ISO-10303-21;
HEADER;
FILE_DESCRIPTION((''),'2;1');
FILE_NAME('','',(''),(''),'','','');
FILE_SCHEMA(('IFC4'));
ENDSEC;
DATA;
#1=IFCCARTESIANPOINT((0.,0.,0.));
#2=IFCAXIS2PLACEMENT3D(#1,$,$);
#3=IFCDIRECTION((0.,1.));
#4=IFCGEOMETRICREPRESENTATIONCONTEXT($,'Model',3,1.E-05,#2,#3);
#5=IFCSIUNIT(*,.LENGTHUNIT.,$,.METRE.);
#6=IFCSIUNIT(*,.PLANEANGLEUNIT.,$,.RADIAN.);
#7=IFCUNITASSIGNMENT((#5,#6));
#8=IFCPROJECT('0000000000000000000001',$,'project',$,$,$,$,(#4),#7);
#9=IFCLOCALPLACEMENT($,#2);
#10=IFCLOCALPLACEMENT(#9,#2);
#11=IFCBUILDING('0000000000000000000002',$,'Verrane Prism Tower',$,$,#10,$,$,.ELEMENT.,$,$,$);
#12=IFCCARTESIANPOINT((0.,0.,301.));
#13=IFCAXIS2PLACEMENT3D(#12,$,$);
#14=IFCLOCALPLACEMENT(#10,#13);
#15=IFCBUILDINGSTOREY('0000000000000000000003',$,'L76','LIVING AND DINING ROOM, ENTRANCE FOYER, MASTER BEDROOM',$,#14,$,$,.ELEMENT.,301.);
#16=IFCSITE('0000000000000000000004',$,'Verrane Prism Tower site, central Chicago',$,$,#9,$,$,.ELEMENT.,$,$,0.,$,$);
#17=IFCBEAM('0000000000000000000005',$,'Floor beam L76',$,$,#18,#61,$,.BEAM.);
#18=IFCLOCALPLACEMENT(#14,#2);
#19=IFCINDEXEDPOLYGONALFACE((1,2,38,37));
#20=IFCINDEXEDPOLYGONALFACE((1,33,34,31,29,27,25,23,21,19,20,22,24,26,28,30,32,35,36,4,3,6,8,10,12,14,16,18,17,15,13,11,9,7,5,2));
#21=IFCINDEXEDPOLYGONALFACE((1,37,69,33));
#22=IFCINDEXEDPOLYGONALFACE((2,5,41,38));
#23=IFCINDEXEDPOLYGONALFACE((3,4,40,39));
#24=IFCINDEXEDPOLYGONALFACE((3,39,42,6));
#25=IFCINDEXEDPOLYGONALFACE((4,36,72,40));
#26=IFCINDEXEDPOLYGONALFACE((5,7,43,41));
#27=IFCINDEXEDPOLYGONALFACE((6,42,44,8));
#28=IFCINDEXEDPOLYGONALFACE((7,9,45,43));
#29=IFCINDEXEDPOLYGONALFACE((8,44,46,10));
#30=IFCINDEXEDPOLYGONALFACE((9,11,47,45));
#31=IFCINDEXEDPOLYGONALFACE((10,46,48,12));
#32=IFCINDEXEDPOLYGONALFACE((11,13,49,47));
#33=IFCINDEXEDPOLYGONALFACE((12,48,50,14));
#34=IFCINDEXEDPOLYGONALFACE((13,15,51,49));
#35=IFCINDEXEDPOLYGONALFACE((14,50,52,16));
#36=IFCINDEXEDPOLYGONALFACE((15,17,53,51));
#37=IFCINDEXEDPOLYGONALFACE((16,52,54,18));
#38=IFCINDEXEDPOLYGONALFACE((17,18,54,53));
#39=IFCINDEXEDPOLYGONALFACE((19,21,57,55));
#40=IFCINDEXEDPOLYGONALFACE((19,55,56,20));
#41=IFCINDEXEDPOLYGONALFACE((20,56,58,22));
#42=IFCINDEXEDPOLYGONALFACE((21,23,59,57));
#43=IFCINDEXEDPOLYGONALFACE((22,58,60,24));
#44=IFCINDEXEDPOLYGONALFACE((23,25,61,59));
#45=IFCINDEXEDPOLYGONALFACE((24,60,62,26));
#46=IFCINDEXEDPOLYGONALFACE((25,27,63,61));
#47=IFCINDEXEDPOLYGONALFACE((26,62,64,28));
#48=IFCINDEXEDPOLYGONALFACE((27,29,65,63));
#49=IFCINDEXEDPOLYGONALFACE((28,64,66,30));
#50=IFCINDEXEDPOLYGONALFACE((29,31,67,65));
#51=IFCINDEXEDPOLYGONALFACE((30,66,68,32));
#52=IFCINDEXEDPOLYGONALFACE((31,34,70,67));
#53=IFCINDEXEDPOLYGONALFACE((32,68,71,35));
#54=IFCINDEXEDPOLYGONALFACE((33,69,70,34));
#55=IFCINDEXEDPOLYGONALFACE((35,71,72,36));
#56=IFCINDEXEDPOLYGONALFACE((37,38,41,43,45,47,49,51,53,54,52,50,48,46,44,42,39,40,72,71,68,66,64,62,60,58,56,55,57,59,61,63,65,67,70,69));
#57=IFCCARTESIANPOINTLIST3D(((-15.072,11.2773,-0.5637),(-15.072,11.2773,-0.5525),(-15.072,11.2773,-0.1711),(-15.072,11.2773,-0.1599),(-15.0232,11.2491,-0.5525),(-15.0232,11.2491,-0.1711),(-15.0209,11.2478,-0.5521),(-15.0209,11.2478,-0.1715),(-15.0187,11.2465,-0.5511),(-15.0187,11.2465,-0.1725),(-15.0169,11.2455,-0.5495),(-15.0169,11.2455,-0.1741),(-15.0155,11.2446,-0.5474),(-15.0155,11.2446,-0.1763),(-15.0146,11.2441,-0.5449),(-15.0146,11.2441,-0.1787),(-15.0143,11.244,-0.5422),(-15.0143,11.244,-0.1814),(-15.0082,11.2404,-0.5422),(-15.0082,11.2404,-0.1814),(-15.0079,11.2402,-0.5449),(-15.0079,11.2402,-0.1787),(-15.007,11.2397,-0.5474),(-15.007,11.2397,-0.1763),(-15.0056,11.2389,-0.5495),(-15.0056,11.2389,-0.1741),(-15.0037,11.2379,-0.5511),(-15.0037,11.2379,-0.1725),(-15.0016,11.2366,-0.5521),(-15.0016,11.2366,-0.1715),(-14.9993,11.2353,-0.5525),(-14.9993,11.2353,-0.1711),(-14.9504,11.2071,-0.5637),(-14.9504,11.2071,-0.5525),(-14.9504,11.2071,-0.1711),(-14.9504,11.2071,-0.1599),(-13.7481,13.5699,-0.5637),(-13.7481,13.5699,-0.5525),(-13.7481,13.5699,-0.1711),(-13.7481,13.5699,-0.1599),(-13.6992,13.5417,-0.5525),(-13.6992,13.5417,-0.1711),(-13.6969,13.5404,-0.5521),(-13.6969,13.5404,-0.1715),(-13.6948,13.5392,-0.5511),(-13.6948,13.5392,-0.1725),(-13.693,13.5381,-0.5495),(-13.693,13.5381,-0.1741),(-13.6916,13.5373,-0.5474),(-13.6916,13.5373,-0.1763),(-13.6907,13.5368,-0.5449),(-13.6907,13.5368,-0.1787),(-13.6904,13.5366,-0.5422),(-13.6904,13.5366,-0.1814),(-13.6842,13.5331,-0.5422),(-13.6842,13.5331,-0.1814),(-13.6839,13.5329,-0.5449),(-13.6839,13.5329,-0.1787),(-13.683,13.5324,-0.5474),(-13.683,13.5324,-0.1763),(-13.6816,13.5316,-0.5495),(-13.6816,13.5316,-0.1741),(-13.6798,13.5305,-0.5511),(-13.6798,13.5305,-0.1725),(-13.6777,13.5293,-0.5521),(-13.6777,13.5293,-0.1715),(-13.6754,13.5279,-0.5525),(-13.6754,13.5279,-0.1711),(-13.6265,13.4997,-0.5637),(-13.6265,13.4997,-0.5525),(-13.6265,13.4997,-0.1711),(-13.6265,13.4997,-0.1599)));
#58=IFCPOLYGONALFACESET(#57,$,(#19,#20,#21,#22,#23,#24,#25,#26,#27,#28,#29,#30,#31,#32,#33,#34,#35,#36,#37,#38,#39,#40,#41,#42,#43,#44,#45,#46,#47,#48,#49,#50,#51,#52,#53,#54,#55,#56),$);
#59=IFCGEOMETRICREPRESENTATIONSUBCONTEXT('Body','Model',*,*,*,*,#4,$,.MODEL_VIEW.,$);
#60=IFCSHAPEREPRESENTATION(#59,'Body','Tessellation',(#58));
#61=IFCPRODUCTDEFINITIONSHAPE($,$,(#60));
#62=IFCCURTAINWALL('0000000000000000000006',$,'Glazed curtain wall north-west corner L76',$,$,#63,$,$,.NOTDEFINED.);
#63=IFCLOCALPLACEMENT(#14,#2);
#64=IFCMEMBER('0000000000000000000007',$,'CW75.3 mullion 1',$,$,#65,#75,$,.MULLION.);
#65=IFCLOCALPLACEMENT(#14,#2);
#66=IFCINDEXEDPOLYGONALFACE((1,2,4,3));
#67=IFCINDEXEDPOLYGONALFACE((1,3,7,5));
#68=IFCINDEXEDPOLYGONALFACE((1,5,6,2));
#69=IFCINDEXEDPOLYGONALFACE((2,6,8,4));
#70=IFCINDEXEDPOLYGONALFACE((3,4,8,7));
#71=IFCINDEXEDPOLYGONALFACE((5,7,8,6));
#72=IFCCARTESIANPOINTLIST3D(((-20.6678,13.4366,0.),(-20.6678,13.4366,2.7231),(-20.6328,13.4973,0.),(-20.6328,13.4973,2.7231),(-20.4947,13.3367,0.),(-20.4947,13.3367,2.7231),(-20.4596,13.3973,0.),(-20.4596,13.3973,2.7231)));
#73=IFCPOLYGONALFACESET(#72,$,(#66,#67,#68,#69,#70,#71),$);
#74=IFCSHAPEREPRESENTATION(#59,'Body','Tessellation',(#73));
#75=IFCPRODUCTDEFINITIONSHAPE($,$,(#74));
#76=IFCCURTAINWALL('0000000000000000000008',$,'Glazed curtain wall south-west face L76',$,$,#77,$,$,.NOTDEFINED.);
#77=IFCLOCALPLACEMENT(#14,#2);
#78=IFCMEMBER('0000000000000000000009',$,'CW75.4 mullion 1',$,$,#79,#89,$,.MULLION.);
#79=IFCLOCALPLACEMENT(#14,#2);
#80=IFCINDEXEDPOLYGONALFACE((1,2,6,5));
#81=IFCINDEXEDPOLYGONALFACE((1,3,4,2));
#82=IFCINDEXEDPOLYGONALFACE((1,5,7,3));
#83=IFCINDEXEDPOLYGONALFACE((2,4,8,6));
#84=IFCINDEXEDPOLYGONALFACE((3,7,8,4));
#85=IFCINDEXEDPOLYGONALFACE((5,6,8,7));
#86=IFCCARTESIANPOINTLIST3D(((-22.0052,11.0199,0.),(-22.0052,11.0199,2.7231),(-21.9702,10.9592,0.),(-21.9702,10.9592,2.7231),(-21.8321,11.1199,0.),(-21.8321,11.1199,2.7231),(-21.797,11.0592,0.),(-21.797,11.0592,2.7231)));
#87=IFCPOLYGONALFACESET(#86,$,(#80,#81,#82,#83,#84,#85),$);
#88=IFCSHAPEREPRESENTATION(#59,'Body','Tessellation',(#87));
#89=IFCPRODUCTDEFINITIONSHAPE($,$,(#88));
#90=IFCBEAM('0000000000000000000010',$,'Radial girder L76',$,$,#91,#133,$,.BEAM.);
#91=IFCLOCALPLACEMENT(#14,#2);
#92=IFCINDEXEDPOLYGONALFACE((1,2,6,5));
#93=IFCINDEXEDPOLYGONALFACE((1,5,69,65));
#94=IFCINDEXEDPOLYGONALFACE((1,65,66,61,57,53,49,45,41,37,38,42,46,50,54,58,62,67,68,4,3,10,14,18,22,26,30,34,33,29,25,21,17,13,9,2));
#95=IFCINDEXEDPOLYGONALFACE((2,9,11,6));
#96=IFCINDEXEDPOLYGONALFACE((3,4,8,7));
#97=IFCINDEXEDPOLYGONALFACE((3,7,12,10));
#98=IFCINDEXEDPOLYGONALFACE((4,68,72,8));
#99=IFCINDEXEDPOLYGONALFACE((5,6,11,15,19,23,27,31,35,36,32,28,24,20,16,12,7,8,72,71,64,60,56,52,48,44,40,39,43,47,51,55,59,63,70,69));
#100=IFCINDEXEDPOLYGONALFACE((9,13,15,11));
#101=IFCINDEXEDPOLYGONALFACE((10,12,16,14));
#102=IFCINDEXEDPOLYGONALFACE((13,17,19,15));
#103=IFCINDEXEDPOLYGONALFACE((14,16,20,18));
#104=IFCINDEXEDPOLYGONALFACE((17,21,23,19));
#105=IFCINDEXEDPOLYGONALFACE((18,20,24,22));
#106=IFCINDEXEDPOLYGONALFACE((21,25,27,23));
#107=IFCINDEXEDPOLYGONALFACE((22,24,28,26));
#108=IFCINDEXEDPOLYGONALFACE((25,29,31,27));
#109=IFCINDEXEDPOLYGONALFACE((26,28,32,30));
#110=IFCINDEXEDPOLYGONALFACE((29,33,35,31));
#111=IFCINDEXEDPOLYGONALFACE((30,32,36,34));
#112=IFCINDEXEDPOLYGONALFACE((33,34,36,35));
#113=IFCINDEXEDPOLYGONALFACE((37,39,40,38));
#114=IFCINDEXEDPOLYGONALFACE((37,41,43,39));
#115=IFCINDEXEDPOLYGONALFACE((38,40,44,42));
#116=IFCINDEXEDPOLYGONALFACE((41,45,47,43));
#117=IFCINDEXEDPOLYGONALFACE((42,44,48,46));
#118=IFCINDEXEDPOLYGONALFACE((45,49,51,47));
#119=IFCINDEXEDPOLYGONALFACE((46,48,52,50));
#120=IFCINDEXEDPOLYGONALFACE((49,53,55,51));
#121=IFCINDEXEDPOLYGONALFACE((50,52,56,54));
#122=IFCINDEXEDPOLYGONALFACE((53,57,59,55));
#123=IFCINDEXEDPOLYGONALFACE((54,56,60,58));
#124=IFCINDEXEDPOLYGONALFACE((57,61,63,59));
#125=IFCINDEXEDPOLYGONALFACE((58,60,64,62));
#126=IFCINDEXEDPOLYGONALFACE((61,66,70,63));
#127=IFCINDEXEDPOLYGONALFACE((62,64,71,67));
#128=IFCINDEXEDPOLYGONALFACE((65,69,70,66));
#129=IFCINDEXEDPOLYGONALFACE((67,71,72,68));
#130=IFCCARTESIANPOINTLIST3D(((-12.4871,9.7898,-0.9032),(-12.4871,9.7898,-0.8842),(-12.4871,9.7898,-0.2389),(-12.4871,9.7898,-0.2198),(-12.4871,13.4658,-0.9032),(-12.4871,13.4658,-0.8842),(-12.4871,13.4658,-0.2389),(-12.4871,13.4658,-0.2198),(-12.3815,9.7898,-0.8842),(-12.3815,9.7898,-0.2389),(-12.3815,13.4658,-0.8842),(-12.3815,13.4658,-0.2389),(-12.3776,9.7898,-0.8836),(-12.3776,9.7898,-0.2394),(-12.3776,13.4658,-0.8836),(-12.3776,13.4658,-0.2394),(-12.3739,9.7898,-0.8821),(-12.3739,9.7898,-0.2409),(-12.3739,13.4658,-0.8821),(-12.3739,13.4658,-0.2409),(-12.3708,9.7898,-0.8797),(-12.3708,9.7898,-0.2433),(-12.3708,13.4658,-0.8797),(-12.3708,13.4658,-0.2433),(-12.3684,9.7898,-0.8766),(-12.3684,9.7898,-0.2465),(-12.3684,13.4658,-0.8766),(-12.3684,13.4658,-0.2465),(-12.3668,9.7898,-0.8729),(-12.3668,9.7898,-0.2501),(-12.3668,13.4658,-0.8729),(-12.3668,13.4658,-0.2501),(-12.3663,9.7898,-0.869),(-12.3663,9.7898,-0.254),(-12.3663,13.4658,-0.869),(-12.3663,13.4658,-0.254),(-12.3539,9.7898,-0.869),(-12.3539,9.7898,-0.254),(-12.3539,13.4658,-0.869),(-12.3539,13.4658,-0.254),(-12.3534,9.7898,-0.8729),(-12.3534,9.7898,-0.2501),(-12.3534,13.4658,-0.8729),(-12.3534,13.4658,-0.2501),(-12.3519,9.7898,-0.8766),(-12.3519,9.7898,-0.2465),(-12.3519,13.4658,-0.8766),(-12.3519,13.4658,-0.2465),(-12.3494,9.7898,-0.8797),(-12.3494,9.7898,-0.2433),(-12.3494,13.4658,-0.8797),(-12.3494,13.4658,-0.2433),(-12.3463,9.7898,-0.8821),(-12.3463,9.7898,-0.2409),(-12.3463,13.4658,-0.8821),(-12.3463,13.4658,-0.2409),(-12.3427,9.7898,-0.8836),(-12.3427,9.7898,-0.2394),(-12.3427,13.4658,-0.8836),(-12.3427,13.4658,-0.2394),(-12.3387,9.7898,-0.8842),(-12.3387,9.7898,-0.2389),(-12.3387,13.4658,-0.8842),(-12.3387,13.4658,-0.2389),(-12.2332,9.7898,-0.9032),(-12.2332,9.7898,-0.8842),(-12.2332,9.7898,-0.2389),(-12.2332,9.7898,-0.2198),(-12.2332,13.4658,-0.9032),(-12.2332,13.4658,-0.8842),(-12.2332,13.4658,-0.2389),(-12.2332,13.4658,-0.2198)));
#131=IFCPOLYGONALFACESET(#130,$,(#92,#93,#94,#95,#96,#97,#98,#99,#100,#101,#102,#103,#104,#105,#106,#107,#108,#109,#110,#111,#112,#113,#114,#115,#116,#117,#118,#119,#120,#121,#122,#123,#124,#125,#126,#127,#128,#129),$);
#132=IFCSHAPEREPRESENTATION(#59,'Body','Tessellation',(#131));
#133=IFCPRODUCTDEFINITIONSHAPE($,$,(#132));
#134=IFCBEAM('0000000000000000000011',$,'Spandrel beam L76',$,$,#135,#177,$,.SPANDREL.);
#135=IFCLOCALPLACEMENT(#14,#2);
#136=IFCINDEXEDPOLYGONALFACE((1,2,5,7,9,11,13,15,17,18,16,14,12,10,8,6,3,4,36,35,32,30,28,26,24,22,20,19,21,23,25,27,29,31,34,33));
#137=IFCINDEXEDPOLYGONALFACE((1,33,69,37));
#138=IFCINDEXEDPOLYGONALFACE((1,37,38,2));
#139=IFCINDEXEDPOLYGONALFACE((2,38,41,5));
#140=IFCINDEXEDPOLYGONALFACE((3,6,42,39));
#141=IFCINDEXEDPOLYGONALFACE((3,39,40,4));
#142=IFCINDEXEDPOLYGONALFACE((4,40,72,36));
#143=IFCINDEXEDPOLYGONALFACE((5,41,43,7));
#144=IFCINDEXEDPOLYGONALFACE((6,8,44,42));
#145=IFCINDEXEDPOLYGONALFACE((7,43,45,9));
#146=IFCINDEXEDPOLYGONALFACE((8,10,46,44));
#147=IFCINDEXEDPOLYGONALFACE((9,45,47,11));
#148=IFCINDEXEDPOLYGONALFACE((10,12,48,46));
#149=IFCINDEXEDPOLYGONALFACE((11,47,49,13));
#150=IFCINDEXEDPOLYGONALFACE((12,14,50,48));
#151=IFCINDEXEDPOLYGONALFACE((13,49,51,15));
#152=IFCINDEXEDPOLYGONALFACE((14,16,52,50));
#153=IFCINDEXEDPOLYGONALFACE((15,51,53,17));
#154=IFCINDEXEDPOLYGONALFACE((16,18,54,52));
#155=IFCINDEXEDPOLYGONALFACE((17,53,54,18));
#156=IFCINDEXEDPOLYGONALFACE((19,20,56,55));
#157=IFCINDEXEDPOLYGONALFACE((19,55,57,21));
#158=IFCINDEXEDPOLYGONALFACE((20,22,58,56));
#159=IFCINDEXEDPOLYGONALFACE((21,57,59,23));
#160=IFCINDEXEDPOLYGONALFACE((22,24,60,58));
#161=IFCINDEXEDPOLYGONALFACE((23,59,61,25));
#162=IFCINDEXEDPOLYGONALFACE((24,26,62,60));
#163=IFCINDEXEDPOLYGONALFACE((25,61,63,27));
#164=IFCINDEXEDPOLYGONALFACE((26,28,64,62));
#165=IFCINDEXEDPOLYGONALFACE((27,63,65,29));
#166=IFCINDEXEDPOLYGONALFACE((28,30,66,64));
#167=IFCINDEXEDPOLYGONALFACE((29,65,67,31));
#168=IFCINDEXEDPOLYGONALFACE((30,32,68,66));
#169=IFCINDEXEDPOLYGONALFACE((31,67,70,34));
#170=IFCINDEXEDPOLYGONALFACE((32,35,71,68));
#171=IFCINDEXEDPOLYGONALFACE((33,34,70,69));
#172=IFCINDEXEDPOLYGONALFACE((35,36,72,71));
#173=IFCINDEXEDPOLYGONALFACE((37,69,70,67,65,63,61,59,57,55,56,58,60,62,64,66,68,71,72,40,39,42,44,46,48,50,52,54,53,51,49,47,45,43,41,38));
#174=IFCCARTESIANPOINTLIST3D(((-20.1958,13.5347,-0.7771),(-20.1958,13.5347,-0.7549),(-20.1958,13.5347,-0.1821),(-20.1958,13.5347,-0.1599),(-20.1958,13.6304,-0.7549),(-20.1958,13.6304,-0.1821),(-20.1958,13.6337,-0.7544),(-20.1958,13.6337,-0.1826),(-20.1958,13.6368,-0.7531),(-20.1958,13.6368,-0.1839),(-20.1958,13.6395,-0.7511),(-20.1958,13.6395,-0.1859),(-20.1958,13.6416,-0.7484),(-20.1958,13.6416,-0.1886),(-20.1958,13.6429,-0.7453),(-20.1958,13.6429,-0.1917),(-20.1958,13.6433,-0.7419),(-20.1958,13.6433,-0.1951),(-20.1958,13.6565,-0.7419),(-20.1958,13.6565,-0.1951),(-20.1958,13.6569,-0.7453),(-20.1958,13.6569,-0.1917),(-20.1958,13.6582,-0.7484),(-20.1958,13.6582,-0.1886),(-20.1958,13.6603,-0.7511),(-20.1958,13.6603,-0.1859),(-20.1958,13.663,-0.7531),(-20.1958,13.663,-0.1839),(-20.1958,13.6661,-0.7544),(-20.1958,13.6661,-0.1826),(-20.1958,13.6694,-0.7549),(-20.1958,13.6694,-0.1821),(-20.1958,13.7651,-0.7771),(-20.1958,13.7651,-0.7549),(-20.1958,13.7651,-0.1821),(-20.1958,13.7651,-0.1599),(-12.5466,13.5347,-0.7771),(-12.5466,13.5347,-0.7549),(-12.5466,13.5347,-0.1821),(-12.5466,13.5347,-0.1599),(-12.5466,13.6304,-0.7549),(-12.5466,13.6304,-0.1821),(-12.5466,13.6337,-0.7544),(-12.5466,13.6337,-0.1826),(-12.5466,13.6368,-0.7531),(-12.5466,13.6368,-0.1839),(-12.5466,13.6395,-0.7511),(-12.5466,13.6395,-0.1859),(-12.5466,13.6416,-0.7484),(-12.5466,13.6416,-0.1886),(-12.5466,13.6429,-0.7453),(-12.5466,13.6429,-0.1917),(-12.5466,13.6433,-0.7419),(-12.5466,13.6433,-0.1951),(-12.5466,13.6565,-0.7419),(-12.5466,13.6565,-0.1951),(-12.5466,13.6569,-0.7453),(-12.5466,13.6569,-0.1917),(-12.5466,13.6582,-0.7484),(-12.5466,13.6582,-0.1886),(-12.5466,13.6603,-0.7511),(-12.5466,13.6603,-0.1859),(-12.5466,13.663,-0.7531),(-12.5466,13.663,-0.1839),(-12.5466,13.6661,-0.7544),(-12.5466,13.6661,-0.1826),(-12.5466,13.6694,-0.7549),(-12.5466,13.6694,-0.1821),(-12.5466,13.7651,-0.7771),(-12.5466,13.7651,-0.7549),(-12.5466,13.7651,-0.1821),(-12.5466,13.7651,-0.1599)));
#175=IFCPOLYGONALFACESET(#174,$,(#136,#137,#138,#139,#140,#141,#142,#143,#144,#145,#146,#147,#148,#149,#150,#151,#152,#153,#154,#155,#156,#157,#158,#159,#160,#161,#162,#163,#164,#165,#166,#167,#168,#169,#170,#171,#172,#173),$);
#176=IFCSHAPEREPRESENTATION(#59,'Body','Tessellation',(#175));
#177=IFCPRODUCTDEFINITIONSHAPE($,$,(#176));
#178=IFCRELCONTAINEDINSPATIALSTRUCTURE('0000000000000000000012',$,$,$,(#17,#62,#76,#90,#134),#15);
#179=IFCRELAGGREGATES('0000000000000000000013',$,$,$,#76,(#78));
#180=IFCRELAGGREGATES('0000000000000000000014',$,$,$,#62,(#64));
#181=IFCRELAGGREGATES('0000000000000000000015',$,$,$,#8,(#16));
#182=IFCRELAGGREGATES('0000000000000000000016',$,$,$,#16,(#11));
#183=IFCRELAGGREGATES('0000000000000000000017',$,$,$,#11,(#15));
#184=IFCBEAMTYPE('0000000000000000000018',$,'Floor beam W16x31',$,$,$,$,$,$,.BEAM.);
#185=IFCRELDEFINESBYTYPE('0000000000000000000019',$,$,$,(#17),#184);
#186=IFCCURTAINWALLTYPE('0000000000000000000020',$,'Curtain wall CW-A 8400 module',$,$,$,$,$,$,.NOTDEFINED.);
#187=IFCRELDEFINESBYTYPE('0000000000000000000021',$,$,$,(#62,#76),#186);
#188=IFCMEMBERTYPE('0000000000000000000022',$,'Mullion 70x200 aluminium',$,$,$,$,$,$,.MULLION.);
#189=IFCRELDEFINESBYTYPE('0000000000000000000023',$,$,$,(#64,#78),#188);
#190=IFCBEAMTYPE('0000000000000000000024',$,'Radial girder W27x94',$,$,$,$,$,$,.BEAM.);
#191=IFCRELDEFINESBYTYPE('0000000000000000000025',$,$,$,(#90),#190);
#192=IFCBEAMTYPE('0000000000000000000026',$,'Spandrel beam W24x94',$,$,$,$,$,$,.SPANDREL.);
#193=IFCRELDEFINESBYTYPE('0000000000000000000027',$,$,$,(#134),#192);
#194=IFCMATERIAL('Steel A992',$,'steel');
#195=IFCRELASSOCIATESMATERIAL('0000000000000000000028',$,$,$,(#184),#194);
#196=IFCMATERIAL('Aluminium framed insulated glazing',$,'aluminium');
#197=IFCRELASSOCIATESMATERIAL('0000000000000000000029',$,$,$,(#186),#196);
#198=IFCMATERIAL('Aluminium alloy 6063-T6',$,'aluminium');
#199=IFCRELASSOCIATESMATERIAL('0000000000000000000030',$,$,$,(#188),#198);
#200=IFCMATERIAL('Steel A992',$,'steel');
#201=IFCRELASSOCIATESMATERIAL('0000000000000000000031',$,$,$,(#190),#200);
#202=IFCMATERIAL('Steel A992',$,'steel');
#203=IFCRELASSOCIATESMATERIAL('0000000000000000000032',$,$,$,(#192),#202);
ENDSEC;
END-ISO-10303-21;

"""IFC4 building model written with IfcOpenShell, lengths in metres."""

from ifc_helpers import new_model, si_unit, direction, frame, origin, origin_2d, place, context, subcontext, project, spatial, rectangle, i_section, extrude, material, material_profile, profile_set, type_object, element, aggregate, save


model = new_model("IFC4")

# Units and contexts
model_context = context("Model", 3, precision=1e-05, world=origin(), true_north=direction((0.0, 1.0)))
body_context = subcontext(model_context, "Body", "Model", "MODEL_VIEW")
ifc_project = project(units=[si_unit("LENGTHUNIT", "METRE"), si_unit("PLANEANGLEUNIT", "RADIAN")], contexts=[model_context])

# Site, building, storey
site_placement = place(None, origin())
site = spatial("IfcSite", under=ifc_project, at=site_placement, Name="Verrane Prism Tower site, central Chicago", CompositionType="ELEMENT", RefElevation=0.0)
building_placement = place(site_placement, origin())
building = spatial("IfcBuilding", under=site, at=building_placement, Name="Verrane Prism Tower", CompositionType="ELEMENT")
storey_placement = place(building_placement, frame((0.0, 0.0, 301.0)))
storey = spatial("IfcBuildingStorey", under=building, at=storey_placement, Name="L76", Description="LIVING AND DINING ROOM, ENTRANCE FOYER, MASTER BEDROOM", CompositionType="ELEMENT", Elevation=301.0)

# Beam
ifc_material_1 = material(Name="Steel A992", Category="steel")
ifc_material_profile_1 = material_profile(ifc_material_1, i_section(OverallWidth=0.1404, OverallDepth=0.4038, WebThickness=0.0071, FlangeThickness=0.0112, FilletRadius=0.0103, at=origin_2d()), Name="W16x31")
ifc_profile_set_1 = profile_set([ifc_material_profile_1], Name="Steel A992")
beam_type_1 = type_object("IfcBeamType", Name="Floor beam W16x31", PredefinedType="BEAM", material=ifc_profile_set_1)
beam_1_placement = place(storey_placement, frame((-15.0112, 11.2422, -0.3618), z_axis=(0.500076, 0.865981, 0.0), x_axis=(-0.865981, 0.500076, 0.0)))
element("IfcBeam", 1, at=beam_1_placement, inside=storey, type_object=beam_type_1, Name="Floor beam L76", PredefinedType="BEAM", context=body_context, shape_type="SweptSolid", body=[
    extrude(i_section(OverallWidth=0.1404, OverallDepth=0.4038, WebThickness=0.0071, FlangeThickness=0.0112, FilletRadius=0.0103, at=origin_2d()), origin(), (0.0, 0.0, 1.0), 2.6475),
])

# Curtain walls, members
ifc_material_2 = material(Name="Aluminium framed insulated glazing", Category="aluminium")
curtain_wall_type = type_object("IfcCurtainWallType", Name="Curtain wall CW-A 8400 module", PredefinedType="NOTDEFINED", material=ifc_material_2)
curtain_wall_1_placement = place(storey_placement, origin())
curtain_wall_1 = element("IfcCurtainWall", 2, at=curtain_wall_1_placement, inside=storey, type_object=curtain_wall_type, Name="Glazed curtain wall north-west corner L76", PredefinedType="NOTDEFINED")
ifc_material_3 = material(Name="Aluminium alloy 6063-T6", Category="aluminium")
ifc_material_profile_2 = material_profile(ifc_material_3, rectangle(XDim=0.2, YDim=0.0701, at=origin_2d()), Name="Mullion 70x200 aluminium")
ifc_profile_set_2 = profile_set([ifc_material_profile_2], Name="Aluminium alloy 6063-T6")
member_type_1 = type_object("IfcMemberType", Name="Mullion 70x200 aluminium", PredefinedType="MULLION", material=ifc_profile_set_2)
member_1_placement = place(storey_placement, frame((-20.5637, 13.417, 0.0), z_axis=(0.0, 0.0, 1.0), x_axis=(0.866024, -0.500002, 0.0)))
member_1 = element("IfcMember", 3, at=member_1_placement, type_object=member_type_1, Name="CW75.3 mullion 1", PredefinedType="MULLION", context=body_context, shape_type="SweptSolid", body=[
    extrude(rectangle(XDim=0.2, YDim=0.0701, at=origin_2d()), origin(), (0.0, 0.0, 1.0), 2.7231),
])
curtain_wall_2_placement = place(storey_placement, origin())
curtain_wall_2 = element("IfcCurtainWall", 4, at=curtain_wall_2_placement, inside=storey, type_object=curtain_wall_type, Name="Glazed curtain wall south-west face L76", PredefinedType="NOTDEFINED")
member_2_placement = place(storey_placement, frame((-21.9011, 11.0396, 0.0), z_axis=(0.0, 0.0, 1.0), x_axis=(0.866025, 0.500001, 0.0)))
member_2 = element("IfcMember", 5, at=member_2_placement, type_object=member_type_1, Name="CW75.4 mullion 1", PredefinedType="MULLION", context=body_context, shape_type="SweptSolid", body=[
    extrude(rectangle(XDim=0.2, YDim=0.0701, at=origin_2d()), origin(), (0.0, 0.0, 1.0), 2.7231),
])

# Beams
ifc_material_4 = material(Name="Steel A992", Category="steel")
ifc_material_profile_3 = material_profile(ifc_material_4, i_section(OverallWidth=0.2539, OverallDepth=0.6833, WebThickness=0.0125, FlangeThickness=0.019, FilletRadius=0.0151, at=origin_2d()), Name="W27x94")
ifc_profile_set_3 = profile_set([ifc_material_profile_3], Name="Steel A992")
beam_type_2 = type_object("IfcBeamType", Name="Radial girder W27x94", PredefinedType="BEAM", material=ifc_profile_set_3)
beam_2_placement = place(storey_placement, frame((-12.3601, 13.4658, -0.5615), z_axis=(0.0, -1.0, 0.0), x_axis=(1.0, 0.0, 0.0)))
element("IfcBeam", 6, at=beam_2_placement, inside=storey, type_object=beam_type_2, Name="Radial girder L76", PredefinedType="BEAM", context=body_context, shape_type="SweptSolid", body=[
    extrude(i_section(OverallWidth=0.2539, OverallDepth=0.6833, WebThickness=0.0125, FlangeThickness=0.019, FilletRadius=0.0151, at=origin_2d()), origin(), (0.0, 0.0, 1.0), 3.676),
])
ifc_material_5 = material(Name="Steel A992", Category="steel")
ifc_material_profile_4 = material_profile(ifc_material_5, i_section(OverallWidth=0.2305, OverallDepth=0.6172, WebThickness=0.0132, FlangeThickness=0.0222, FilletRadius=0.0129, at=origin_2d()), Name="W24x94")
ifc_profile_set_4 = profile_set([ifc_material_profile_4], Name="Steel A992")
beam_type_3 = type_object("IfcBeamType", Name="Spandrel beam W24x94", PredefinedType="SPANDREL", material=ifc_profile_set_4)
beam_3_placement = place(storey_placement, frame((-12.5466, 13.6499, -0.4685), z_axis=(-1.0, 0.0, 0.0), x_axis=(0.0, -1.0, 0.0)))
element("IfcBeam", 7, at=beam_3_placement, inside=storey, type_object=beam_type_3, Name="Spandrel beam L76", PredefinedType="SPANDREL", context=body_context, shape_type="SweptSolid", body=[
    extrude(i_section(OverallWidth=0.2305, OverallDepth=0.6172, WebThickness=0.0132, FlangeThickness=0.0222, FilletRadius=0.0129, at=origin_2d()), origin(), (0.0, 0.0, 1.0), 7.6492),
])

aggregate(curtain_wall_2, [member_2])

aggregate(curtain_wall_1, [member_1])

save(model, "model.ifc")
